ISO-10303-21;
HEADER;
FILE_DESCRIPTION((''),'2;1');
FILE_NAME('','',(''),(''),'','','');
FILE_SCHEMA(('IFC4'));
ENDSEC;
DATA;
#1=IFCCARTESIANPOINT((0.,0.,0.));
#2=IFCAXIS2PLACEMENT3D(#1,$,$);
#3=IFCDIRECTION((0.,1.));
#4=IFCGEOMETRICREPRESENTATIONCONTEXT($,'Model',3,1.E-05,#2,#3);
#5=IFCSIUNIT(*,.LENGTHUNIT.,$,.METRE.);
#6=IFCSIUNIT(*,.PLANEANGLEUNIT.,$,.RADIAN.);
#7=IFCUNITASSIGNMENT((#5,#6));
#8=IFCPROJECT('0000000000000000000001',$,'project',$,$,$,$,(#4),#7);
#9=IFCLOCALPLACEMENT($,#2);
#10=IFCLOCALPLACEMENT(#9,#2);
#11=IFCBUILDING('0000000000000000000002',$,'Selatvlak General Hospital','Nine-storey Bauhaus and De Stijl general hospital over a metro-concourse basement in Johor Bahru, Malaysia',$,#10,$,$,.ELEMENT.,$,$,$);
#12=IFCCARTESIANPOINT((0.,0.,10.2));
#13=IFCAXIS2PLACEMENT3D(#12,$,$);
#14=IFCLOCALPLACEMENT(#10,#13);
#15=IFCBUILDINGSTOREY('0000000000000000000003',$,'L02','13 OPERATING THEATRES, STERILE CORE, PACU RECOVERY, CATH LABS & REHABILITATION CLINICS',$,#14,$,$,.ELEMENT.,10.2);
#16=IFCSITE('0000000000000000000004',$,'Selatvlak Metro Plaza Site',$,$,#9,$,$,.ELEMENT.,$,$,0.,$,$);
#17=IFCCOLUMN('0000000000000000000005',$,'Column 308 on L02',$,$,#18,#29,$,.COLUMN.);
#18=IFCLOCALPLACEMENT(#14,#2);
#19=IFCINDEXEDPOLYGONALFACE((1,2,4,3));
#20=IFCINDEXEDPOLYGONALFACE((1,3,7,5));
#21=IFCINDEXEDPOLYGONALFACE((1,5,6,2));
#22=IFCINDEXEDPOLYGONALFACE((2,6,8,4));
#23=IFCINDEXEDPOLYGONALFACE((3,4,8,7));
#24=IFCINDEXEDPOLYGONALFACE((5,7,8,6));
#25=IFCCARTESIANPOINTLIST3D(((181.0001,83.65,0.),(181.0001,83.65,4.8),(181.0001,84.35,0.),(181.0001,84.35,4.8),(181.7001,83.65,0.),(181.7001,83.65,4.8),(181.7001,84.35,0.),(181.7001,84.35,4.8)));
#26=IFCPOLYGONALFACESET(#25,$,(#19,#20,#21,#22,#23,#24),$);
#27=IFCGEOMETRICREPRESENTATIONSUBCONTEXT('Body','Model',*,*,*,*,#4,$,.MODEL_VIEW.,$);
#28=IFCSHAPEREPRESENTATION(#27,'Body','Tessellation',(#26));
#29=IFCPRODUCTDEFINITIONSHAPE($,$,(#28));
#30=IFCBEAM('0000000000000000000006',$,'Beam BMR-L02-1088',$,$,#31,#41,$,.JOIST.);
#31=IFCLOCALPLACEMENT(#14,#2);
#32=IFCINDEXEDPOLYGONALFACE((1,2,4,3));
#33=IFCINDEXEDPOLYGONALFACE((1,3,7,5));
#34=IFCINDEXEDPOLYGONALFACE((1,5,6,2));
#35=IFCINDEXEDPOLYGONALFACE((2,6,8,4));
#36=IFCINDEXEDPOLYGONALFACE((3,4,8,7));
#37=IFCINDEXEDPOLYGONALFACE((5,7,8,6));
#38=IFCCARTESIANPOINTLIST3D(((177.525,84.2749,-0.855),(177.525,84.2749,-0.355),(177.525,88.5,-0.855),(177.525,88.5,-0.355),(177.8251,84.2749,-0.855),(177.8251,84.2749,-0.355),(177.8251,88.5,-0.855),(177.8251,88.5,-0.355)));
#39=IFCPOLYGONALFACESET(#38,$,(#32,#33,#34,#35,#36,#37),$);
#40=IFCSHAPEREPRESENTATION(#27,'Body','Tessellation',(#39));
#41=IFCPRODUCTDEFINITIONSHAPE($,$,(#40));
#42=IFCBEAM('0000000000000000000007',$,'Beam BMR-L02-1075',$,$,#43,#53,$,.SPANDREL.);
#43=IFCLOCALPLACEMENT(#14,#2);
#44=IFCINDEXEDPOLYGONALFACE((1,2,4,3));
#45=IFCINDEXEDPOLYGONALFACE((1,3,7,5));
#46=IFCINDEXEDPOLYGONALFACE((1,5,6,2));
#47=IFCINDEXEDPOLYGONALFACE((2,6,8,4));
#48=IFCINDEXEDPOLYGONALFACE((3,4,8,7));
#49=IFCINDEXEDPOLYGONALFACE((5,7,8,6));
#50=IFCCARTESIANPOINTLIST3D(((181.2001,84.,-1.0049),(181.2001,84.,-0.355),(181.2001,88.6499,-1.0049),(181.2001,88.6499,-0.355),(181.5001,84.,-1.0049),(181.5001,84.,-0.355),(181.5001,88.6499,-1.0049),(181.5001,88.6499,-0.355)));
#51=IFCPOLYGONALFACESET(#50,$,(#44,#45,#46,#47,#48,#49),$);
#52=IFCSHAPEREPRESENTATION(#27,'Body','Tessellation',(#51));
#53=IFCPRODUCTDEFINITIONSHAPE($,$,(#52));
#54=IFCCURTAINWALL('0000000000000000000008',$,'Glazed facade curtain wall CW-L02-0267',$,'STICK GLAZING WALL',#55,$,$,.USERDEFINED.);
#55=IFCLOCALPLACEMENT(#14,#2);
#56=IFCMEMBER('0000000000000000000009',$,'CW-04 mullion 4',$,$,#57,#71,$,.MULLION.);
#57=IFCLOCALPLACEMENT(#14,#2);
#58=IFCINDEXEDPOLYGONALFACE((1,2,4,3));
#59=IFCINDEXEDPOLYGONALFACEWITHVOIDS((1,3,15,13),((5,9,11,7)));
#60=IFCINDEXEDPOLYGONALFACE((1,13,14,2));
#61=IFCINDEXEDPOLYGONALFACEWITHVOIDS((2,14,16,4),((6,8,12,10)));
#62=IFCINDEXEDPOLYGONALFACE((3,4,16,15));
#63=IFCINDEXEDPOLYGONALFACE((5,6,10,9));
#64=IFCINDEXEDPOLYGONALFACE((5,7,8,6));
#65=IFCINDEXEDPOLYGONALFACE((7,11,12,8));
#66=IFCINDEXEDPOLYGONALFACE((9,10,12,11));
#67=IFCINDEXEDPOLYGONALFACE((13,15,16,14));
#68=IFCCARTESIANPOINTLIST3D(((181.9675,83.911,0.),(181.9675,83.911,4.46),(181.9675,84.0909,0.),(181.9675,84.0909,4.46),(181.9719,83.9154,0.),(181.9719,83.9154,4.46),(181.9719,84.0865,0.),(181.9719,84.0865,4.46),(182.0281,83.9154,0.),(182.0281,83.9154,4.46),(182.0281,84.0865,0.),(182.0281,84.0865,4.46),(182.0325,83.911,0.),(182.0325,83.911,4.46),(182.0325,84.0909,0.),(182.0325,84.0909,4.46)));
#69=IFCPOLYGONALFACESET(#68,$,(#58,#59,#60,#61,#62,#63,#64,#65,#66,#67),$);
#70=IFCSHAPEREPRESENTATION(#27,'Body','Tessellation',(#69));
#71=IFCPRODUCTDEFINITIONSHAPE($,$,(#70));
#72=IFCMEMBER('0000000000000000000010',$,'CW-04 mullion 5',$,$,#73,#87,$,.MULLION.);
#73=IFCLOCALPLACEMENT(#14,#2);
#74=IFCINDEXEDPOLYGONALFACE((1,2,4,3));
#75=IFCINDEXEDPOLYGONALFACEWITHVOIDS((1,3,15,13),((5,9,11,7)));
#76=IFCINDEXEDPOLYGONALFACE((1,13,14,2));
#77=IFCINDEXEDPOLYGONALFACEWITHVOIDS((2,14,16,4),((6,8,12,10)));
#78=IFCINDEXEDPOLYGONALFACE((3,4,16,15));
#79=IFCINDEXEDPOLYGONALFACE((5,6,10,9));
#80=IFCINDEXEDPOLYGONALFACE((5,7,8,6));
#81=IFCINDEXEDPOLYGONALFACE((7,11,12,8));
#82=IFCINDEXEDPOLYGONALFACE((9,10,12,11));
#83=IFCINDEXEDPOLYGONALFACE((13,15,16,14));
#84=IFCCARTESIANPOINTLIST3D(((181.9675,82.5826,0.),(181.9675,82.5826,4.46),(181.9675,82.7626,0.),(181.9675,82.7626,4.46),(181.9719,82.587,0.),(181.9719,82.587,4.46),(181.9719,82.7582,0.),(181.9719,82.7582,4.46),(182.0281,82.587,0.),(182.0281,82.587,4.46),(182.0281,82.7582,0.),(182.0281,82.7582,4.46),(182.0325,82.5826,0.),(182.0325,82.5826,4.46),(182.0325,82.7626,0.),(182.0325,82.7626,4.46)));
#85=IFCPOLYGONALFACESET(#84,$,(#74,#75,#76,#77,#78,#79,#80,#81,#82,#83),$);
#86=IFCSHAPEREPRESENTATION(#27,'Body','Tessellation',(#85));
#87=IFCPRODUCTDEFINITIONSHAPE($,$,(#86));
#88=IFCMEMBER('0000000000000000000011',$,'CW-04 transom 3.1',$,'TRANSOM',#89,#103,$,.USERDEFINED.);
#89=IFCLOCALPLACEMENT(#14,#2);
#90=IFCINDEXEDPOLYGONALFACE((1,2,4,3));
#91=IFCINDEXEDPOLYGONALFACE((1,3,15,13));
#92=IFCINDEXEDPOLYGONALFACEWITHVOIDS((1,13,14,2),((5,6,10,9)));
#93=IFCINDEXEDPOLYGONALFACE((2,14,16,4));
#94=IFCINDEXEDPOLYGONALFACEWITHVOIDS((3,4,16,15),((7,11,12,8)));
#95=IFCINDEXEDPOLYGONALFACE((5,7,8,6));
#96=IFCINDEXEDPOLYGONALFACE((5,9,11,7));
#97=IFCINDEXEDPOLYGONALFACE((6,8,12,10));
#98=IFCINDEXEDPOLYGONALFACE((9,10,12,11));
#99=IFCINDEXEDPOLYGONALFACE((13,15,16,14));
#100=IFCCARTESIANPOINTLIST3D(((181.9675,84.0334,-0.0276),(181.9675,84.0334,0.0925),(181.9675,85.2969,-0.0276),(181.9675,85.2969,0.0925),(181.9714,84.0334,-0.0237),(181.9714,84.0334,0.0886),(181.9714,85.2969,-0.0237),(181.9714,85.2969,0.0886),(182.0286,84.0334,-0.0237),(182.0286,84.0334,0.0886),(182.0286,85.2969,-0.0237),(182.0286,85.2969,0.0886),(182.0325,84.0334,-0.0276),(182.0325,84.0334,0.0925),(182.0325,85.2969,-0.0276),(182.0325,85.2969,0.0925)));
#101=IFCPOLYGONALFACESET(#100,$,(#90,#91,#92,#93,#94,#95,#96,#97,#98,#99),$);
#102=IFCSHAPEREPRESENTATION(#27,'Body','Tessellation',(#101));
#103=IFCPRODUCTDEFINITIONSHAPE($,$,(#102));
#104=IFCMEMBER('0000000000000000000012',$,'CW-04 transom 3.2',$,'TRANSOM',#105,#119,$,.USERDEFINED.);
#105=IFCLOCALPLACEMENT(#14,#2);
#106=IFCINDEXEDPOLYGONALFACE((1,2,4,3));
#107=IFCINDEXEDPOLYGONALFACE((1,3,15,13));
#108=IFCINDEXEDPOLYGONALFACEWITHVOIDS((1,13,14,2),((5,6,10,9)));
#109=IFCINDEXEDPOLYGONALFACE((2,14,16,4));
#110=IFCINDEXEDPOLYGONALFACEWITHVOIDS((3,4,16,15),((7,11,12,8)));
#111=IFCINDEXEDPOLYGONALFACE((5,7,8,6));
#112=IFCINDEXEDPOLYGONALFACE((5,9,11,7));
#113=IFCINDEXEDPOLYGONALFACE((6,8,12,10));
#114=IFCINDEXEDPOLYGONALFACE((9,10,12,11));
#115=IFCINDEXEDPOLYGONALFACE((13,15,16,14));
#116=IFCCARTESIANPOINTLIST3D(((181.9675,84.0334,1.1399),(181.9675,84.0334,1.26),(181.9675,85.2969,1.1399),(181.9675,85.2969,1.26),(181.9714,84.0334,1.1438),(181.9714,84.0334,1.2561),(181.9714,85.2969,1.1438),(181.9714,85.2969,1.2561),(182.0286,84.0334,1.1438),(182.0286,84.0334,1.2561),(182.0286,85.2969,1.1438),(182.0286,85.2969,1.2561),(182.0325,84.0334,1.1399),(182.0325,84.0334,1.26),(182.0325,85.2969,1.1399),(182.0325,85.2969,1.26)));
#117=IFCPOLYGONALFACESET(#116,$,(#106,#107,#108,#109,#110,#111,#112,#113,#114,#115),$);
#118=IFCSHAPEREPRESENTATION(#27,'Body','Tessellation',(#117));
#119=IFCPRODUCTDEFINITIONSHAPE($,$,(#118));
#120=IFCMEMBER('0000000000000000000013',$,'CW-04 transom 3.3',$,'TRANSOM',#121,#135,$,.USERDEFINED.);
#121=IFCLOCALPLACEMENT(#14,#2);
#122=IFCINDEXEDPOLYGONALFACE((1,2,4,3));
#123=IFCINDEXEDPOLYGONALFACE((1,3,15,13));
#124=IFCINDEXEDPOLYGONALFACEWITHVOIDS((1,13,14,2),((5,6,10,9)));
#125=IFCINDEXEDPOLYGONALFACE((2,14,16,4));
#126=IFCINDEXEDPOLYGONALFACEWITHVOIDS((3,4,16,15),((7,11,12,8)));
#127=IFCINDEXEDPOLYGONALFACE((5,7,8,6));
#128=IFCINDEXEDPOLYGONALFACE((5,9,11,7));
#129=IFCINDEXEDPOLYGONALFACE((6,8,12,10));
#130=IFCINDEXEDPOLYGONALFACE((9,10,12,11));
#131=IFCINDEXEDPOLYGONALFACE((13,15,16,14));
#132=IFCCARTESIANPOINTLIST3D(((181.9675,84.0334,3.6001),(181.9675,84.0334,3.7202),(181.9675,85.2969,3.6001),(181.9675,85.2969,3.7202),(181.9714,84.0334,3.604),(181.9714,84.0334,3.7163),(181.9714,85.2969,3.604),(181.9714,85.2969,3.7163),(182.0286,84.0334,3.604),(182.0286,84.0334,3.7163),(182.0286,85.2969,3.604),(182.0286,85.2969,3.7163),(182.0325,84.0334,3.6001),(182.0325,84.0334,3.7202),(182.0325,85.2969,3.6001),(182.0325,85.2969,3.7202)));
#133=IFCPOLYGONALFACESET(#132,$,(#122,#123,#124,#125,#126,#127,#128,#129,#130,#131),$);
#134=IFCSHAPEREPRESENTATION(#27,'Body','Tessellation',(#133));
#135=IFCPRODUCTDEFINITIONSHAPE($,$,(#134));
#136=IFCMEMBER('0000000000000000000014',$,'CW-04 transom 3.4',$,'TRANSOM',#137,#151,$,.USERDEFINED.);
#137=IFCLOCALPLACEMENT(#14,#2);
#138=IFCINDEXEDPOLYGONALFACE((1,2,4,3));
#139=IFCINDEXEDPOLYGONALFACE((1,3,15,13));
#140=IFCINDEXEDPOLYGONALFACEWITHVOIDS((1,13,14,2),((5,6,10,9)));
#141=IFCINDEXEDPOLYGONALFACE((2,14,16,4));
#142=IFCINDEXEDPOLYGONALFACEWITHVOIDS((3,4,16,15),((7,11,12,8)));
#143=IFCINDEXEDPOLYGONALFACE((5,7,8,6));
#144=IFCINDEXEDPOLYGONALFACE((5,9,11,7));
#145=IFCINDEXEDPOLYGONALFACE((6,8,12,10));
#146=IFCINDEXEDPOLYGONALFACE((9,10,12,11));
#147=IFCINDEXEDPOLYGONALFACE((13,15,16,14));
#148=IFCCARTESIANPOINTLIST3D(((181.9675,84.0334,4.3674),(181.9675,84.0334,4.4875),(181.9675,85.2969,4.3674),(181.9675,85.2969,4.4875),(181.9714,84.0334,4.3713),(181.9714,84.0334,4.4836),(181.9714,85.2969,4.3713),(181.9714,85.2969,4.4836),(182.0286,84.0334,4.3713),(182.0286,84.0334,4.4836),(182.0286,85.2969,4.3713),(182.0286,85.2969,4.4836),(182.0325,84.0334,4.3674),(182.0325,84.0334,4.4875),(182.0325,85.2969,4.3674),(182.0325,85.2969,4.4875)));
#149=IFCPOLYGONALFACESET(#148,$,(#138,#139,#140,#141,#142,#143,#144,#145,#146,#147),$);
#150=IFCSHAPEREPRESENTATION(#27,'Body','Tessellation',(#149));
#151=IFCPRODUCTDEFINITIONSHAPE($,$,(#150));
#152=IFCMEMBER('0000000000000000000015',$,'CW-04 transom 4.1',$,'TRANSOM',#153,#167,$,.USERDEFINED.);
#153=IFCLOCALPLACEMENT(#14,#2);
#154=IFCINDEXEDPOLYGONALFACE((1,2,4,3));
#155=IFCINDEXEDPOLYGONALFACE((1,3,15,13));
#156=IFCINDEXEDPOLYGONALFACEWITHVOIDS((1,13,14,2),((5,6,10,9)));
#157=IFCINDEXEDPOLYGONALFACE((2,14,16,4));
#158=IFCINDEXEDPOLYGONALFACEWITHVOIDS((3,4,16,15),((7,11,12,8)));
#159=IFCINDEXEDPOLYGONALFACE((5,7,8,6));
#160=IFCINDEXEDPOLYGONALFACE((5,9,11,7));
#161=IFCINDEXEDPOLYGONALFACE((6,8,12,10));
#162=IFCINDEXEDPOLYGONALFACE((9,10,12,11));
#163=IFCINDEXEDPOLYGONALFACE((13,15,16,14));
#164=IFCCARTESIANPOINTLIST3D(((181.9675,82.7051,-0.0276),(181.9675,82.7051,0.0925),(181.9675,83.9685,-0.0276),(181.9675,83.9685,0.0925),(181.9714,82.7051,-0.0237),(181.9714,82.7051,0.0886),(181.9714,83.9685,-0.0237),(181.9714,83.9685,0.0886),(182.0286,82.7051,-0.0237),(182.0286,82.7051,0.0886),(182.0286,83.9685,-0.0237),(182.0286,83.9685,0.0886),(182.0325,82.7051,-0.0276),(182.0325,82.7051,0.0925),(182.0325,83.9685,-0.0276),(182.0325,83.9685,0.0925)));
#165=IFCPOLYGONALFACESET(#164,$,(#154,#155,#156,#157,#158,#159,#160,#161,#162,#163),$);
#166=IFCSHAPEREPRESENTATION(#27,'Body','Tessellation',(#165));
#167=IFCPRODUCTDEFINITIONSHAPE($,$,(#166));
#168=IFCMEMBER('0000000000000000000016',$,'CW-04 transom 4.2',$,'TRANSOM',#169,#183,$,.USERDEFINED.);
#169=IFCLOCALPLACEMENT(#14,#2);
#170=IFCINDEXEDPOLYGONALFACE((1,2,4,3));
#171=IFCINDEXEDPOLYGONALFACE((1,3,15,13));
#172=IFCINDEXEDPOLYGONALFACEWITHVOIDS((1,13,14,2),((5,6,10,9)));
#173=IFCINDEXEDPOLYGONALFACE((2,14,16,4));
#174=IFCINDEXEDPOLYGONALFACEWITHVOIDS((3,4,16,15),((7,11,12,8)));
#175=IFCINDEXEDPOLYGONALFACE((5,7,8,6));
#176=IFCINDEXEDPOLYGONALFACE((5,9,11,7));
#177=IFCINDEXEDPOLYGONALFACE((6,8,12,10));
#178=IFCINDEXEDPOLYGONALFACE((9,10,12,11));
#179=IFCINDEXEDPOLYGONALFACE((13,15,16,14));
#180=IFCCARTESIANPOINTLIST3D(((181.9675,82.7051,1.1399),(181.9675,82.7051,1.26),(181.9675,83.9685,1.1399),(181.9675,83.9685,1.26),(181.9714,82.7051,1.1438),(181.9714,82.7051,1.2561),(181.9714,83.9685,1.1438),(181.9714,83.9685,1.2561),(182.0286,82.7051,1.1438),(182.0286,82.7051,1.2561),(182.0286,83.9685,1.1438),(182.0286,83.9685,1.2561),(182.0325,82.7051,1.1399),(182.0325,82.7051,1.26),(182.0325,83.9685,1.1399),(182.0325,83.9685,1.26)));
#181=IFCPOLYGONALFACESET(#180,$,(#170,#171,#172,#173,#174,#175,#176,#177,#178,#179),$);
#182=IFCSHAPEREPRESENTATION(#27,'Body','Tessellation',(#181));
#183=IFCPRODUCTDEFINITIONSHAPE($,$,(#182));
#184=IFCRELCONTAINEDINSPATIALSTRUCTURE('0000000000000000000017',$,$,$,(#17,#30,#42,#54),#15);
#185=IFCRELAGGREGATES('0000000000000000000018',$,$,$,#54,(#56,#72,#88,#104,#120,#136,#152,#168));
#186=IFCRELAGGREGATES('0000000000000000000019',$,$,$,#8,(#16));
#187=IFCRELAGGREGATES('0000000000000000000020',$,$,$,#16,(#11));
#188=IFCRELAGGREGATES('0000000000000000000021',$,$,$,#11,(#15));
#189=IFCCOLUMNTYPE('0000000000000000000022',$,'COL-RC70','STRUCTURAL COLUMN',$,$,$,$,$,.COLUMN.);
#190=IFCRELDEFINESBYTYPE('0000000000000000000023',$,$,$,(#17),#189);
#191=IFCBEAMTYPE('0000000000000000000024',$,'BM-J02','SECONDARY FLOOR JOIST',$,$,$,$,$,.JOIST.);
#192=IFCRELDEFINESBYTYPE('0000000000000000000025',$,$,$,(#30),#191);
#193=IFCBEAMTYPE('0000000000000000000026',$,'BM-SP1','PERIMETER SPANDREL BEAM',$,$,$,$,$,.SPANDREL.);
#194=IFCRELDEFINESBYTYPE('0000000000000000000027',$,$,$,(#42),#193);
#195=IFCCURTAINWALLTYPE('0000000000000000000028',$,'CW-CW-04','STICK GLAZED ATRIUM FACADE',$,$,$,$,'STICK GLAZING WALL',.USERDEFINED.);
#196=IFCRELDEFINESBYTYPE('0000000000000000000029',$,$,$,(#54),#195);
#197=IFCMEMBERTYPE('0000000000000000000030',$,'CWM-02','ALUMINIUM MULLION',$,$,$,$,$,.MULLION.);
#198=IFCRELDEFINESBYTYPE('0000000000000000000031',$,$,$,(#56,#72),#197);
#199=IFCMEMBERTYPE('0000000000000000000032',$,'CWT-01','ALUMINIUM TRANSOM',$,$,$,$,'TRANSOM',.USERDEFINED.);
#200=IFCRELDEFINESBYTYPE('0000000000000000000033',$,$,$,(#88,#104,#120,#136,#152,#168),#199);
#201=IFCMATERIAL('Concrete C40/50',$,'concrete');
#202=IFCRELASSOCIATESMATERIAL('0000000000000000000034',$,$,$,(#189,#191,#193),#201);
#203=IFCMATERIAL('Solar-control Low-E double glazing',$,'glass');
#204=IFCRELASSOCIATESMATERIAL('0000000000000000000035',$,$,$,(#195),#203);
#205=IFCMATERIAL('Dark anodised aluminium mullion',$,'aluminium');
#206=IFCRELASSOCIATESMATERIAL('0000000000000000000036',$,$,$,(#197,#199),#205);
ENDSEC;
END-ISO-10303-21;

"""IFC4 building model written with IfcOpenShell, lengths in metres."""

from ifc_helpers import new_model, si_unit, direction, frame, origin, origin_2d, place, context, subcontext, project, spatial, rectangle, hollow_rectangle, extrude, material, material_profile, profile_set, type_object, element, aggregate, save


model = new_model("IFC4")

# Units and contexts
model_context = context("Model", 3, precision=1e-05, world=origin(), true_north=direction((0.0, 1.0)))
body_context = subcontext(model_context, "Body", "Model", "MODEL_VIEW")
ifc_project = project(units=[si_unit("LENGTHUNIT", "METRE"), si_unit("PLANEANGLEUNIT", "RADIAN")], contexts=[model_context])

# Site, building, storey
site_placement = place(None, origin())
site = spatial("IfcSite", under=ifc_project, at=site_placement, Name="Selatvlak Metro Plaza Site", CompositionType="ELEMENT", RefElevation=0.0)
building_placement = place(site_placement, origin())
building = spatial("IfcBuilding", under=site, at=building_placement, Name="Selatvlak General Hospital", Description="Nine-storey Bauhaus and De Stijl general hospital over a metro-concourse basement in Johor Bahru, Malaysia", CompositionType="ELEMENT")
storey_placement = place(building_placement, frame((0.0, 0.0, 10.2)))
storey = spatial("IfcBuildingStorey", under=building, at=storey_placement, Name="L02", Description="13 OPERATING THEATRES, STERILE CORE, PACU RECOVERY, CATH LABS & REHABILITATION CLINICS", CompositionType="ELEMENT", Elevation=10.2)

# Column
ifc_material_1 = material(Name="Concrete C40/50", Category="concrete")
ifc_material_profile_1 = material_profile(ifc_material_1, rectangle(XDim=0.7, YDim=0.7, at=origin_2d()), Name="RC-COL 700x700")
ifc_profile_set_1 = profile_set([ifc_material_profile_1], Name="Concrete C40/50")
column_type = type_object("IfcColumnType", Name="COL-RC70", Description="STRUCTURAL COLUMN", PredefinedType="COLUMN", material=ifc_profile_set_1)
column_placement = place(storey_placement, frame((181.3501, 84.0, 0.0), z_axis=(0.0, 0.0, 1.0), x_axis=(1.0, 0.0, 0.0)))
element("IfcColumn", 1, at=column_placement, inside=storey, type_object=column_type, Name="Column 308 on L02", PredefinedType="COLUMN", context=body_context, shape_type="SweptSolid", body=[
    extrude(rectangle(XDim=0.7, YDim=0.7, at=origin_2d()), origin(), (0.0, 0.0, 1.0), 4.8),
])

# Beams
ifc_material_profile_2 = material_profile(ifc_material_1, rectangle(XDim=0.3, YDim=0.5, at=origin_2d()), Name="RC-BM 300x500")
ifc_profile_set_2 = profile_set([ifc_material_profile_2], Name="Concrete C40/50")
beam_type_1 = type_object("IfcBeamType", Name="BM-J02", Description="SECONDARY FLOOR JOIST", PredefinedType="JOIST", material=ifc_profile_set_2)
beam_1_placement = place(storey_placement, frame((177.675, 84.2749, -0.605), z_axis=(0.0, 1.0, 0.0), x_axis=(-1.0, 0.0, 0.0)))
element("IfcBeam", 2, at=beam_1_placement, inside=storey, type_object=beam_type_1, Name="Beam BMR-L02-1088", PredefinedType="JOIST", context=body_context, shape_type="SweptSolid", body=[
    extrude(rectangle(XDim=0.3, YDim=0.5, at=origin_2d()), origin(), (0.0, 0.0, 1.0), 4.2251),
])
ifc_material_profile_3 = material_profile(ifc_material_1, rectangle(XDim=0.3, YDim=0.6499, at=origin_2d()), Name="RC-SP 300x650")
ifc_profile_set_3 = profile_set([ifc_material_profile_3], Name="Concrete C40/50")
beam_type_2 = type_object("IfcBeamType", Name="BM-SP1", Description="PERIMETER SPANDREL BEAM", PredefinedType="SPANDREL", material=ifc_profile_set_3)
beam_2_placement = place(storey_placement, frame((181.3501, 84.0, -0.6799), z_axis=(0.0, 1.0, 0.0), x_axis=(-1.0, 0.0, 0.0)))
element("IfcBeam", 3, at=beam_2_placement, inside=storey, type_object=beam_type_2, Name="Beam BMR-L02-1075", PredefinedType="SPANDREL", context=body_context, shape_type="SweptSolid", body=[
    extrude(rectangle(XDim=0.3, YDim=0.6499, at=origin_2d()), origin(), (0.0, 0.0, 1.0), 4.6499),
])

# Curtain wall, members
ifc_material_2 = material(Name="Solar-control Low-E double glazing", Category="glass")
curtain_wall_type = type_object("IfcCurtainWallType", Name="CW-CW-04", Description="STICK GLAZED ATRIUM FACADE", ElementType="STICK GLAZING WALL", PredefinedType="USERDEFINED", material=ifc_material_2)
curtain_wall_placement = place(storey_placement, origin())
curtain_wall = element("IfcCurtainWall", 4, at=curtain_wall_placement, inside=storey, type_object=curtain_wall_type, Name="Glazed facade curtain wall CW-L02-0267", ObjectType="STICK GLAZING WALL", PredefinedType="USERDEFINED")
ifc_material_3 = material(Name="Dark anodised aluminium mullion", Category="aluminium")
ifc_material_profile_4 = material_profile(ifc_material_3, hollow_rectangle(XDim=0.0649, YDim=0.1799, WallThickness=0.0044, at=origin_2d()), Name="AL-MUL 65x180x4.5")
ifc_profile_set_4 = profile_set([ifc_material_profile_4], Name="Dark anodised aluminium mullion")
member_type_1 = type_object("IfcMemberType", Name="CWM-02", Description="ALUMINIUM MULLION", PredefinedType="MULLION", material=ifc_profile_set_4)
member_1_placement = place(storey_placement, frame((182.0, 84.001, 0.0), z_axis=(0.0, 0.0, 1.0), x_axis=(1.0, 0.0, 0.0)))
member_1 = element("IfcMember", 5, at=member_1_placement, type_object=member_type_1, Name="CW-04 mullion 4", PredefinedType="MULLION", context=body_context, shape_type="SweptSolid", body=[
    extrude(hollow_rectangle(XDim=0.0649, YDim=0.1799, WallThickness=0.0044, at=origin_2d()), origin(), (0.0, 0.0, 1.0), 4.46),
])
member_2_placement = place(storey_placement, frame((182.0, 82.6726, 0.0), z_axis=(0.0, 0.0, 1.0), x_axis=(1.0, 0.0, 0.0)))
member_2 = element("IfcMember", 6, at=member_2_placement, type_object=member_type_1, Name="CW-04 mullion 5", PredefinedType="MULLION", context=body_context, shape_type="SweptSolid", body=[
    extrude(hollow_rectangle(XDim=0.0649, YDim=0.1799, WallThickness=0.0044, at=origin_2d()), origin(), (0.0, 0.0, 1.0), 4.46),
])
ifc_material_profile_5 = material_profile(ifc_material_3, hollow_rectangle(XDim=0.0649, YDim=0.1201, WallThickness=0.0039, at=origin_2d()), Name="AL-TRN 65x120x4")
ifc_profile_set_5 = profile_set([ifc_material_profile_5], Name="Dark anodised aluminium mullion")
member_type_2 = type_object("IfcMemberType", Name="CWT-01", Description="ALUMINIUM TRANSOM", ElementType="TRANSOM", PredefinedType="USERDEFINED", material=ifc_profile_set_5)
member_3_placement = place(storey_placement, frame((182.0, 85.2969, 0.0325), z_axis=(0.0, -1.0, 0.0), x_axis=(1.0, 0.0, 0.0)))
member_3 = element("IfcMember", 7, at=member_3_placement, type_object=member_type_2, Name="CW-04 transom 3.1", ObjectType="TRANSOM", PredefinedType="USERDEFINED", context=body_context, shape_type="SweptSolid", body=[
    extrude(hollow_rectangle(XDim=0.0649, YDim=0.1201, WallThickness=0.0039, at=origin_2d()), origin(), (0.0, 0.0, 1.0), 1.2634),
])
member_4_placement = place(storey_placement, frame((182.0, 85.2969, 1.2), z_axis=(0.0, -1.0, 0.0), x_axis=(1.0, 0.0, 0.0)))
member_4 = element("IfcMember", 8, at=member_4_placement, type_object=member_type_2, Name="CW-04 transom 3.2", ObjectType="TRANSOM", PredefinedType="USERDEFINED", context=body_context, shape_type="SweptSolid", body=[
    extrude(hollow_rectangle(XDim=0.0649, YDim=0.1201, WallThickness=0.0039, at=origin_2d()), origin(), (0.0, 0.0, 1.0), 1.2634),
])
member_5_placement = place(storey_placement, frame((182.0, 85.2969, 3.6602), z_axis=(0.0, -1.0, 0.0), x_axis=(1.0, 0.0, 0.0)))
member_5 = element("IfcMember", 9, at=member_5_placement, type_object=member_type_2, Name="CW-04 transom 3.3", ObjectType="TRANSOM", PredefinedType="USERDEFINED", context=body_context, shape_type="SweptSolid", body=[
    extrude(hollow_rectangle(XDim=0.0649, YDim=0.1201, WallThickness=0.0039, at=origin_2d()), origin(), (0.0, 0.0, 1.0), 1.2634),
])
member_6_placement = place(storey_placement, frame((182.0, 85.2969, 4.4275), z_axis=(0.0, -1.0, 0.0), x_axis=(1.0, 0.0, 0.0)))
member_6 = element("IfcMember", 10, at=member_6_placement, type_object=member_type_2, Name="CW-04 transom 3.4", ObjectType="TRANSOM", PredefinedType="USERDEFINED", context=body_context, shape_type="SweptSolid", body=[
    extrude(hollow_rectangle(XDim=0.0649, YDim=0.1201, WallThickness=0.0039, at=origin_2d()), origin(), (0.0, 0.0, 1.0), 1.2634),
])
member_7_placement = place(storey_placement, frame((182.0, 83.9685, 0.0325), z_axis=(0.0, -1.0, 0.0), x_axis=(1.0, 0.0, 0.0)))
member_7 = element("IfcMember", 11, at=member_7_placement, type_object=member_type_2, Name="CW-04 transom 4.1", ObjectType="TRANSOM", PredefinedType="USERDEFINED", context=body_context, shape_type="SweptSolid", body=[
    extrude(hollow_rectangle(XDim=0.0649, YDim=0.1201, WallThickness=0.0039, at=origin_2d()), origin(), (0.0, 0.0, 1.0), 1.2634),
])
member_8_placement = place(storey_placement, frame((182.0, 83.9685, 1.2), z_axis=(0.0, -1.0, 0.0), x_axis=(1.0, 0.0, 0.0)))
member_8 = element("IfcMember", 12, at=member_8_placement, type_object=member_type_2, Name="CW-04 transom 4.2", ObjectType="TRANSOM", PredefinedType="USERDEFINED", context=body_context, shape_type="SweptSolid", body=[
    extrude(hollow_rectangle(XDim=0.0649, YDim=0.1201, WallThickness=0.0039, at=origin_2d()), origin(), (0.0, 0.0, 1.0), 1.2634),
])
aggregate(curtain_wall, [member_1, member_2, member_3, member_4, member_5, member_6, member_7, member_8])

save(model, "model.ifc")
